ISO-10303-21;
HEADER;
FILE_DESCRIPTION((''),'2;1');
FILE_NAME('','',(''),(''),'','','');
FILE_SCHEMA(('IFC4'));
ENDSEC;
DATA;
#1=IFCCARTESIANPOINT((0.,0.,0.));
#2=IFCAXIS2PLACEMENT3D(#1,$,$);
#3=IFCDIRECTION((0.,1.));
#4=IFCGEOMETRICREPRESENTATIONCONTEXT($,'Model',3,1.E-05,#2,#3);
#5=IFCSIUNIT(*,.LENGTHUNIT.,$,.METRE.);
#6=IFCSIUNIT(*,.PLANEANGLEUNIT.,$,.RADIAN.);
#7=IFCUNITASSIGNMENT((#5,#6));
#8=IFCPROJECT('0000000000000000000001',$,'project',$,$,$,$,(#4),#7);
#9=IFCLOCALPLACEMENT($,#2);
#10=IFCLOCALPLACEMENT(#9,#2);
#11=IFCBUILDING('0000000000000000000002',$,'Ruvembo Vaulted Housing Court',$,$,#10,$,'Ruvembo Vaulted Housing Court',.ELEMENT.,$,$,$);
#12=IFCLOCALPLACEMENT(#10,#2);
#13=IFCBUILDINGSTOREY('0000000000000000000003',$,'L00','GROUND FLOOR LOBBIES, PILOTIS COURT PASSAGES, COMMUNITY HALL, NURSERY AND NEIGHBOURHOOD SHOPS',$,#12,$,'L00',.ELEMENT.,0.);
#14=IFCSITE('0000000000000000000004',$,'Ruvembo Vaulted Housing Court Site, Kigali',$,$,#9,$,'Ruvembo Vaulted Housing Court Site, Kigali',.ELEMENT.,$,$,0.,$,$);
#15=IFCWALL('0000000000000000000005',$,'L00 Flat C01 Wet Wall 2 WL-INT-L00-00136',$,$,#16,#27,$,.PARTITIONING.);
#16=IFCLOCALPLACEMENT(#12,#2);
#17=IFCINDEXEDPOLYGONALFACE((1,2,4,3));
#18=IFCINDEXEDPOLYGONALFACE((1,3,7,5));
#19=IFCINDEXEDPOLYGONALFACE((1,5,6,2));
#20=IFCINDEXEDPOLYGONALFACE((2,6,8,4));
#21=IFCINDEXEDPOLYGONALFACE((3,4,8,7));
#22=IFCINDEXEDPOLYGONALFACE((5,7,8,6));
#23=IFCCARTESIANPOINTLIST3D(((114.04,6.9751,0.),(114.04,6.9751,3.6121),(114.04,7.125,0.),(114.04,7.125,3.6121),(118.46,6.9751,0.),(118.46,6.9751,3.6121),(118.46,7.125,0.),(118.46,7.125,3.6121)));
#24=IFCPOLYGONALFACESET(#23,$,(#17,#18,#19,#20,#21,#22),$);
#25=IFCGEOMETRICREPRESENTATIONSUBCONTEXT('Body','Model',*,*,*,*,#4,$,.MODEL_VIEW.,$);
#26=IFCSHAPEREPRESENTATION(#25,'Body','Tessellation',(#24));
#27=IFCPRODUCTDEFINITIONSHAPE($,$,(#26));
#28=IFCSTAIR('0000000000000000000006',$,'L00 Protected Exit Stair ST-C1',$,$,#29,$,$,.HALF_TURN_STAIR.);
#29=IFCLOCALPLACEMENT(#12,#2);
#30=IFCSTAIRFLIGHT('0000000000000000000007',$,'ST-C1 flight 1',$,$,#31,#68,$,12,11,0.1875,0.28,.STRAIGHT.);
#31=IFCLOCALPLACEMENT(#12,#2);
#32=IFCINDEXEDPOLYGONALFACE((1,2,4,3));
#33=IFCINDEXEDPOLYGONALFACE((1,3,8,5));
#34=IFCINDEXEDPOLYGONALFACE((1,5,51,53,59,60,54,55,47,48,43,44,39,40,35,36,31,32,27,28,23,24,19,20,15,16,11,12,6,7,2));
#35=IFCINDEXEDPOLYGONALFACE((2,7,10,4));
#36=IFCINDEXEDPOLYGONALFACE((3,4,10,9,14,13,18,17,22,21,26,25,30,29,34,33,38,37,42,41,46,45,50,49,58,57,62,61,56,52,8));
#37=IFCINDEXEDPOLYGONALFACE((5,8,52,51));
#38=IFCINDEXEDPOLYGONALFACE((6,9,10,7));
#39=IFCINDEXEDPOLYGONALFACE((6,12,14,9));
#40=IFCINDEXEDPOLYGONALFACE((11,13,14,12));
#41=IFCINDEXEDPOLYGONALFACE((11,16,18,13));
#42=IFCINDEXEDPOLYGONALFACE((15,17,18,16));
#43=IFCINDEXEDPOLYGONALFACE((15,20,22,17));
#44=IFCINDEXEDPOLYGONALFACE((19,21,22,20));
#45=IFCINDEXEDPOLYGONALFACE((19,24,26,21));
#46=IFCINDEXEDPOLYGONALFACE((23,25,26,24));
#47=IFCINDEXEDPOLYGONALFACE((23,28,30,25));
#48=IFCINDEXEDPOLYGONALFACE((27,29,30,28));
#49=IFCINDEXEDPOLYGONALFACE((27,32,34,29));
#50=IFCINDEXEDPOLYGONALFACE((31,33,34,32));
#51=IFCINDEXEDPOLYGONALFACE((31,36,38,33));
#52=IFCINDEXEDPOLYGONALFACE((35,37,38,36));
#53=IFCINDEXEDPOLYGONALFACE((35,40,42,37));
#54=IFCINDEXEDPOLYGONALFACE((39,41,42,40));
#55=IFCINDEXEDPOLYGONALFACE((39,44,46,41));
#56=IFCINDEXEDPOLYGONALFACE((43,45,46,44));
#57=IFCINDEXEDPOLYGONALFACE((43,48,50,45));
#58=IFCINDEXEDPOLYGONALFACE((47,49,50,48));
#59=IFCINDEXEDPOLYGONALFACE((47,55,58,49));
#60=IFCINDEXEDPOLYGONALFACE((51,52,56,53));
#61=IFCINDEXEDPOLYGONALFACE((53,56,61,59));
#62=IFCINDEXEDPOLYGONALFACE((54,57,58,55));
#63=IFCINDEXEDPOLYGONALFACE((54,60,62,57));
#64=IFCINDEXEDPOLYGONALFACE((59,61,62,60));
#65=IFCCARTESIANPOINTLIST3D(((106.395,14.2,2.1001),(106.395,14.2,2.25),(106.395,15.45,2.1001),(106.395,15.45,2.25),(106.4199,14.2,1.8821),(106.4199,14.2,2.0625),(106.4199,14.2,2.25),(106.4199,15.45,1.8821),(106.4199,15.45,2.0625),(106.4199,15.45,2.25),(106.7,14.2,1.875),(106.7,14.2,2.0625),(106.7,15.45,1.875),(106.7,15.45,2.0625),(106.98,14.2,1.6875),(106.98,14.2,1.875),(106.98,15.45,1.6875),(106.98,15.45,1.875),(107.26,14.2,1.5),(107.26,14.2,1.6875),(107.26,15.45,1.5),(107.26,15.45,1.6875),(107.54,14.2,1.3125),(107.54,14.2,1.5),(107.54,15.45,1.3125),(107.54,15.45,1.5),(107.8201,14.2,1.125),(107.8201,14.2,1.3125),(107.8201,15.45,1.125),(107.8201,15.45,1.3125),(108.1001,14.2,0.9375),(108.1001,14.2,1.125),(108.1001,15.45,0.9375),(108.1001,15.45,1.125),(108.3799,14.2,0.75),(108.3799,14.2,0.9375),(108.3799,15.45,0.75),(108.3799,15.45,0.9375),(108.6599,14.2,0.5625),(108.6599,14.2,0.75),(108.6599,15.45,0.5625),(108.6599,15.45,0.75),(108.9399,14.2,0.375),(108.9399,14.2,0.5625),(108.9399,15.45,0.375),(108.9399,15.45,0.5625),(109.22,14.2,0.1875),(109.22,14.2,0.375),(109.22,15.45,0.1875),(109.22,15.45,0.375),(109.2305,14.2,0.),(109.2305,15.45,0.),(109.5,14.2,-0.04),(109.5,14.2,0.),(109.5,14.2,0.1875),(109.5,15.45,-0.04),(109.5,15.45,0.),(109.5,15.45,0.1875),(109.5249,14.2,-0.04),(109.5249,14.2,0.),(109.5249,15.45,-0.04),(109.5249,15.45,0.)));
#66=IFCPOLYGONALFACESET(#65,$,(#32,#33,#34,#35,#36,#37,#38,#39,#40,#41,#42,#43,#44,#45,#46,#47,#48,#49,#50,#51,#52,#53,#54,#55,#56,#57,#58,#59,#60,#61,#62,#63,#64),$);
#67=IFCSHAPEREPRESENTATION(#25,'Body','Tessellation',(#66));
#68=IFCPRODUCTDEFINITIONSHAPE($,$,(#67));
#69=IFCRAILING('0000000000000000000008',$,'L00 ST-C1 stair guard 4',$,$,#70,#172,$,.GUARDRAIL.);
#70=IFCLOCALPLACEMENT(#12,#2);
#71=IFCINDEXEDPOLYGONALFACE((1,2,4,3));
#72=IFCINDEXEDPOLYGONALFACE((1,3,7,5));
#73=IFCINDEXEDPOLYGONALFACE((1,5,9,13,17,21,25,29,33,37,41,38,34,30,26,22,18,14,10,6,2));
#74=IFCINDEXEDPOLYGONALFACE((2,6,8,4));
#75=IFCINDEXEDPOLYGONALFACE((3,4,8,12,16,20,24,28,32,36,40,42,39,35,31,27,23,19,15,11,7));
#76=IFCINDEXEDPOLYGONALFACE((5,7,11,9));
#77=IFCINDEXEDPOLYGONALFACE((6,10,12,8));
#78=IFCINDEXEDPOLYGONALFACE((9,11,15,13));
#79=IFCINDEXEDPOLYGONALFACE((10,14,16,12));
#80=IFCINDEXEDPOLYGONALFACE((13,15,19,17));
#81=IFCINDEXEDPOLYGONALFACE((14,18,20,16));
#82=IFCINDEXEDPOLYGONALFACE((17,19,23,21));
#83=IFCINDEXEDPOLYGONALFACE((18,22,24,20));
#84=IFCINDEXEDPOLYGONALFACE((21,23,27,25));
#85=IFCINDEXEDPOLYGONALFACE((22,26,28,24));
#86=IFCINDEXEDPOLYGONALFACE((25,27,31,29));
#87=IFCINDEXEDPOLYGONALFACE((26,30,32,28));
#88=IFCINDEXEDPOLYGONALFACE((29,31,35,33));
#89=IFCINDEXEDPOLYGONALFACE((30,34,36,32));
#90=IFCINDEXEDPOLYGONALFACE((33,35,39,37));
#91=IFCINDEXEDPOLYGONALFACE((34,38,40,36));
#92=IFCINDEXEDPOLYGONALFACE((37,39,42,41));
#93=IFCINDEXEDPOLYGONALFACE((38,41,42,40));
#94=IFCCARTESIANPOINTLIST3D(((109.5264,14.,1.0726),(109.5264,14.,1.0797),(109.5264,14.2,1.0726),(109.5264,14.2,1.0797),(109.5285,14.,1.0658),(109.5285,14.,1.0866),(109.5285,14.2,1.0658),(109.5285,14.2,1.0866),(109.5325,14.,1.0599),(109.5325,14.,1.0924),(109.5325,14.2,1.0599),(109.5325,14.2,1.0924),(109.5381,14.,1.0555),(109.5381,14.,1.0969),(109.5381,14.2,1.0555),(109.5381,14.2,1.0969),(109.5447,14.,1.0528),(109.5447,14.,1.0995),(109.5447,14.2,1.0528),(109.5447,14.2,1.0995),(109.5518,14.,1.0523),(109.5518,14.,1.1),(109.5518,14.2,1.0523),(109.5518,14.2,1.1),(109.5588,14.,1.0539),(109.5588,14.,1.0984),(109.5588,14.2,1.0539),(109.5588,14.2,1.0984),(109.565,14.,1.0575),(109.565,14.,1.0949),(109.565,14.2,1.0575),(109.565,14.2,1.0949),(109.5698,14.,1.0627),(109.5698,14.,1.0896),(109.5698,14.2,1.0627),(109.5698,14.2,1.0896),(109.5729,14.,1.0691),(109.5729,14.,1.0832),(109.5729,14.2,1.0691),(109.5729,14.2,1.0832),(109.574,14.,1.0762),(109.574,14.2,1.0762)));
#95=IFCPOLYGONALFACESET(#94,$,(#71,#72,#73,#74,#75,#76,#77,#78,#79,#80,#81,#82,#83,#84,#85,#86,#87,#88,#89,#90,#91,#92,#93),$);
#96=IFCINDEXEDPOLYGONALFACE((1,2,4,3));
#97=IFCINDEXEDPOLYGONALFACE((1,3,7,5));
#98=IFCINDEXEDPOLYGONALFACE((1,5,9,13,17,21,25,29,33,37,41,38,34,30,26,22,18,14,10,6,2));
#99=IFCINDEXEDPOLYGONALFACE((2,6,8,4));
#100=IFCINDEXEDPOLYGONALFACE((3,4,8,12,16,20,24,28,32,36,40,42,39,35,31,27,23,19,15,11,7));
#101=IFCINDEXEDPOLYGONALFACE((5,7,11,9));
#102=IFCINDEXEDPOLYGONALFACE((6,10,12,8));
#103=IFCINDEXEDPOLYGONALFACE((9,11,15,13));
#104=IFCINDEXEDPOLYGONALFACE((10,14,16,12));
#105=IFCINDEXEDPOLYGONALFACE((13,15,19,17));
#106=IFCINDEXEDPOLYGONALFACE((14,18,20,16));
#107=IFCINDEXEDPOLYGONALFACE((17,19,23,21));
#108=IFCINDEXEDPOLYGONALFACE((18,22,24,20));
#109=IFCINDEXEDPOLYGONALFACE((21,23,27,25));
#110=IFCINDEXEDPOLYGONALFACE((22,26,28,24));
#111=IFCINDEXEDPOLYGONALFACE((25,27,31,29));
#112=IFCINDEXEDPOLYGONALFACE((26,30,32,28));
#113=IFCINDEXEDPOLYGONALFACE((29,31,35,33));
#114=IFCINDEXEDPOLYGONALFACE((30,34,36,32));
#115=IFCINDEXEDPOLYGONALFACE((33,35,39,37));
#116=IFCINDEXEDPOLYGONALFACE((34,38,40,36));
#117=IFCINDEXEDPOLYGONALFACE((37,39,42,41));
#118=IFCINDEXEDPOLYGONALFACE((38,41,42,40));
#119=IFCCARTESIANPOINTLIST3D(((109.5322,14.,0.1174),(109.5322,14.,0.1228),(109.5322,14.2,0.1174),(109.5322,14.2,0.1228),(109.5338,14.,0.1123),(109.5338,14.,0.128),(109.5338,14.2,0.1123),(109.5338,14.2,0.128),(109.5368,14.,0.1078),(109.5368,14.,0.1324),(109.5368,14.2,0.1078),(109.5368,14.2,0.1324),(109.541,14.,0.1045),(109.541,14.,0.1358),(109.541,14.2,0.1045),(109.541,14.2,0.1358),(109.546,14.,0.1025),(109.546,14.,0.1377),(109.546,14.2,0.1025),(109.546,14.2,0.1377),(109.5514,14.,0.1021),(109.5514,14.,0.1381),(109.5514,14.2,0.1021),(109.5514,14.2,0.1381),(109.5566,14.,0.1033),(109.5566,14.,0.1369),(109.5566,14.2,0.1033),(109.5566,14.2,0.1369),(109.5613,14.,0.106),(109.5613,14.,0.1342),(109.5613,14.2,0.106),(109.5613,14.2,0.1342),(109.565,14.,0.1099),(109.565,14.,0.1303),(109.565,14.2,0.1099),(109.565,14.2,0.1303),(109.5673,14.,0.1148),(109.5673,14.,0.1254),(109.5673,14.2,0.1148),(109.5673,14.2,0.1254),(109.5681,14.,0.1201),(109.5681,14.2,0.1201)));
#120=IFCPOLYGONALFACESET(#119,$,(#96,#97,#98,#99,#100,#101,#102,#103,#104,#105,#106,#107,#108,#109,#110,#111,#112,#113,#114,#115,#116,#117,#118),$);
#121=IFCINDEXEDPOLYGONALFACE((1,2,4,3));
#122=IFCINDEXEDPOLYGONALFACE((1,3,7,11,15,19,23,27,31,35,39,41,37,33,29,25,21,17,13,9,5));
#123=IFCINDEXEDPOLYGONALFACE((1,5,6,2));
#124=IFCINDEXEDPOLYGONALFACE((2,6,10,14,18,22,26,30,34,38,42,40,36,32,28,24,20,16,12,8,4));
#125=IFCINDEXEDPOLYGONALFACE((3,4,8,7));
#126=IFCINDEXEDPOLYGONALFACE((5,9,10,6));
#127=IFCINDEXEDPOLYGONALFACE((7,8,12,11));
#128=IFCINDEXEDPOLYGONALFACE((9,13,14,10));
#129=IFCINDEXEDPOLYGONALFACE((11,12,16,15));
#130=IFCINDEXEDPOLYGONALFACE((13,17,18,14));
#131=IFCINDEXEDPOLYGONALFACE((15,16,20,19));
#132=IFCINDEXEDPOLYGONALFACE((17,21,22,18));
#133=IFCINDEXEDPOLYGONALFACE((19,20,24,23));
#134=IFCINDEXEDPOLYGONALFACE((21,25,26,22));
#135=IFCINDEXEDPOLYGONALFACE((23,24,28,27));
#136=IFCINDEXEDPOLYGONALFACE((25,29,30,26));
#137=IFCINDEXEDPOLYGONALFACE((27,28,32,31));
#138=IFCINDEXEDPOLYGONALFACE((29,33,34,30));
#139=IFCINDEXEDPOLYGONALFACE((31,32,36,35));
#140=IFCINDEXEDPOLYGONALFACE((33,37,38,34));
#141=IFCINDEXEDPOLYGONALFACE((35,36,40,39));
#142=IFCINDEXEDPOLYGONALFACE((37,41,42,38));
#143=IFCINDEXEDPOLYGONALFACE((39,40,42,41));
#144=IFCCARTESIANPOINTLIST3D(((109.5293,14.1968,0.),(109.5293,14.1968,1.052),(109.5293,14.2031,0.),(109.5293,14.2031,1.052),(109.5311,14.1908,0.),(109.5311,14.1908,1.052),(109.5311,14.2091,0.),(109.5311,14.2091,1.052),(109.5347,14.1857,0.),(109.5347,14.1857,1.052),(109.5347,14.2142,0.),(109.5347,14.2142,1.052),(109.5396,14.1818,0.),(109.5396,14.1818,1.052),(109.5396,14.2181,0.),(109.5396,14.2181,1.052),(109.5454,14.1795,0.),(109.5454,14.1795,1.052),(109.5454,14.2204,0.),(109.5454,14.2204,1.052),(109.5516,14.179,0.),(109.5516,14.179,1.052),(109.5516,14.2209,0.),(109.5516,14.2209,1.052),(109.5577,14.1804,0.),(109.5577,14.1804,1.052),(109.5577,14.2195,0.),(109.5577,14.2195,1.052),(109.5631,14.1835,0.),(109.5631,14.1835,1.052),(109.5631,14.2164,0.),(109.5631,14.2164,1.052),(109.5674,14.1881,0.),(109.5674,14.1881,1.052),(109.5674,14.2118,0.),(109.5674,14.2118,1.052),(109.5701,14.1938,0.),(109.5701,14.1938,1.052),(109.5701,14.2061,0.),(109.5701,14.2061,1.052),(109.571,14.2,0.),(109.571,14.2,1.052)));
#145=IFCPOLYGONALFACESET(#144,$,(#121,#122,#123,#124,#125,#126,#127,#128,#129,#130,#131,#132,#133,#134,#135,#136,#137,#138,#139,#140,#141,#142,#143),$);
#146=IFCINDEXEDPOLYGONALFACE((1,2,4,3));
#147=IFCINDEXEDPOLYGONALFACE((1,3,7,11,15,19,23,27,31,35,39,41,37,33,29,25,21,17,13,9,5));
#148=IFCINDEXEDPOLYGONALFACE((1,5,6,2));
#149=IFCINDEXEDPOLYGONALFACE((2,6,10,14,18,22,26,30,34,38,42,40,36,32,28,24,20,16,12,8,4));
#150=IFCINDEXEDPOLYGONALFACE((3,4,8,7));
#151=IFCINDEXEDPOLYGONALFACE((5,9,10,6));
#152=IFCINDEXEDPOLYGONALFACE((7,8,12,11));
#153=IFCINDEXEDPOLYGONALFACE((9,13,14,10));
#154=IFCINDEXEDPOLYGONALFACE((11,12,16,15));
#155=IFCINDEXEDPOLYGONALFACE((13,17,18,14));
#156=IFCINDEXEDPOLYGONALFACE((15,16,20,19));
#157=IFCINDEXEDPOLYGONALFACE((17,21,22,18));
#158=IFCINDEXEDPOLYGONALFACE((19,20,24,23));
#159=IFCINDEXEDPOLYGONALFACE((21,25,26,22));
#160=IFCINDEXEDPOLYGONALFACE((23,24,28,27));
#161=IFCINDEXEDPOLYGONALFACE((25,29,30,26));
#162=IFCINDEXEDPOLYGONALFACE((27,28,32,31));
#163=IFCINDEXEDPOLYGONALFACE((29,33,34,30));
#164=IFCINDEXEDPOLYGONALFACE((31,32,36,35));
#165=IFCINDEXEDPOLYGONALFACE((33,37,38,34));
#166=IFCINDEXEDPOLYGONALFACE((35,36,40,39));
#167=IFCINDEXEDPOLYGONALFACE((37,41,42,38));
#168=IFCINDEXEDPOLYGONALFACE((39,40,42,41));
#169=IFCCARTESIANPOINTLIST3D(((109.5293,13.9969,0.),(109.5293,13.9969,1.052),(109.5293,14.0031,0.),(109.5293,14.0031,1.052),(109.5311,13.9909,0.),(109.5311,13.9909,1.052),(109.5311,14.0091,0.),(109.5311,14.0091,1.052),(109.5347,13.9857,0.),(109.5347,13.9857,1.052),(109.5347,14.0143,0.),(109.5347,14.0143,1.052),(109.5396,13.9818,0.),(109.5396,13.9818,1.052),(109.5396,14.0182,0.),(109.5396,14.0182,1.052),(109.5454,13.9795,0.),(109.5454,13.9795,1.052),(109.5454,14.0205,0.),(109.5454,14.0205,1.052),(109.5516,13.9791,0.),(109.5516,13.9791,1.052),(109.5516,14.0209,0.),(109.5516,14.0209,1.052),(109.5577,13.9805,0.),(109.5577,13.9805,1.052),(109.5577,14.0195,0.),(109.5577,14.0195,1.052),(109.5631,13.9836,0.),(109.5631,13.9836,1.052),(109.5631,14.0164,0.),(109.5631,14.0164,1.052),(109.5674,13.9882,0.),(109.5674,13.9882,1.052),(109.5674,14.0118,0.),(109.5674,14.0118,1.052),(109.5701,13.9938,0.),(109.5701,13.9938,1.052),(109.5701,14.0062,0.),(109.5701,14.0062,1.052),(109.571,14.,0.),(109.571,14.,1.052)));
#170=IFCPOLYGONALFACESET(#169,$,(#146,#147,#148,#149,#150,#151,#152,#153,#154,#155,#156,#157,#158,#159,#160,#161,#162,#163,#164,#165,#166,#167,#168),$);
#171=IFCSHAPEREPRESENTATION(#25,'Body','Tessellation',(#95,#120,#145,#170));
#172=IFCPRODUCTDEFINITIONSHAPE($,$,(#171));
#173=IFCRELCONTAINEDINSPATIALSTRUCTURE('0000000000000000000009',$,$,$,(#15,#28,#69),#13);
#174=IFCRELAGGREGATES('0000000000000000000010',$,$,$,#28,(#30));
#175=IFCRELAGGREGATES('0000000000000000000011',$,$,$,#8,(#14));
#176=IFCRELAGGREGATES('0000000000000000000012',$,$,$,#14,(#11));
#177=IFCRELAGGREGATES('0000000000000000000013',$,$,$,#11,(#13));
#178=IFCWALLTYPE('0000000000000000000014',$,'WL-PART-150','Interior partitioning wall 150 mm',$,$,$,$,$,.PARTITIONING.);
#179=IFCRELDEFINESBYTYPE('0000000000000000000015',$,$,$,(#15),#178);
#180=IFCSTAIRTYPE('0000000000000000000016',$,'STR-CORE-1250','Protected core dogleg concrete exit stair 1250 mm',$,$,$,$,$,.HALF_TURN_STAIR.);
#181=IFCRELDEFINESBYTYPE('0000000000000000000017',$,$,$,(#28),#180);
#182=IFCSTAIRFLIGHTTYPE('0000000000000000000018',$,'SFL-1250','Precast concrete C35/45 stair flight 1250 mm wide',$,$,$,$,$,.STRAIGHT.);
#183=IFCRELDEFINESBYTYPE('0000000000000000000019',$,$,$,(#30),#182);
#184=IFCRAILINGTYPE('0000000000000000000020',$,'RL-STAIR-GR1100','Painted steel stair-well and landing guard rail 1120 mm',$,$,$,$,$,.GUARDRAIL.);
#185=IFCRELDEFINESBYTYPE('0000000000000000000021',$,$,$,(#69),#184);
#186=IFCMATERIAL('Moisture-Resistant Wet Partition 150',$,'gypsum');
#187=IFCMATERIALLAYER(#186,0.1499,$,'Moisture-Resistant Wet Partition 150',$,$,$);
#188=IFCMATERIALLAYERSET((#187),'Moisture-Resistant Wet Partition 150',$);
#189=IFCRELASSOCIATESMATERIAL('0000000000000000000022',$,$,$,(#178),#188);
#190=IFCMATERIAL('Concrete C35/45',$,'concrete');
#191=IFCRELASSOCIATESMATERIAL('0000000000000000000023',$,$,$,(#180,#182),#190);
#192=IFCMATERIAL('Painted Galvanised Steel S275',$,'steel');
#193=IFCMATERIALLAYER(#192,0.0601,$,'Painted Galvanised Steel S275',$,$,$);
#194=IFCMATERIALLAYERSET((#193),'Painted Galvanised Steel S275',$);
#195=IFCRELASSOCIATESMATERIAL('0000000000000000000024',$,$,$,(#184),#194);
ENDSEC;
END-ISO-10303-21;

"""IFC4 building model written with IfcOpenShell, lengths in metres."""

from ifc_helpers import new_model, si_unit, direction, frame, frame_2d, origin, origin_2d, place, context, subcontext, project, spatial, polyline, rectangle, circle, outline, extrude, material, layer, layer_set, type_object, element, aggregate, save


model = new_model("IFC4")

# Units and contexts
model_context = context("Model", 3, precision=1e-05, world=origin(), true_north=direction((0.0, 1.0)))
body_context = subcontext(model_context, "Body", "Model", "MODEL_VIEW")
ifc_project = project(units=[si_unit("LENGTHUNIT", "METRE"), si_unit("PLANEANGLEUNIT", "RADIAN")], contexts=[model_context])

# Site, building, storey
site_placement = place(None, origin())
site = spatial("IfcSite", under=ifc_project, at=site_placement, Name="Ruvembo Vaulted Housing Court Site, Kigali", LongName="Ruvembo Vaulted Housing Court Site, Kigali", CompositionType="ELEMENT", RefElevation=0.0)
building_placement = place(site_placement, origin())
building = spatial("IfcBuilding", under=site, at=building_placement, Name="Ruvembo Vaulted Housing Court", LongName="Ruvembo Vaulted Housing Court", CompositionType="ELEMENT")
storey_placement = place(building_placement, origin())
storey = spatial("IfcBuildingStorey", under=building, at=storey_placement, Name="L00", Description="GROUND FLOOR LOBBIES, PILOTIS COURT PASSAGES, COMMUNITY HALL, NURSERY AND NEIGHBOURHOOD SHOPS", LongName="L00", CompositionType="ELEMENT", Elevation=0.0)

# Shared definitions
ifc_material_1 = material(Name="Concrete C35/45", Category="concrete")

# Shared definitions
ifc_material_2 = material(Name="Moisture-Resistant Wet Partition 150", Category="gypsum")
ifc_layer_1 = layer(ifc_material_2, 0.1499, Name="Moisture-Resistant Wet Partition 150")
ifc_layer_set_1 = layer_set([ifc_layer_1], Name="Moisture-Resistant Wet Partition 150")
wall_type_1 = type_object("IfcWallType", Name="WL-PART-150", Description="Interior partitioning wall 150 mm", PredefinedType="PARTITIONING", material=ifc_layer_set_1)

# Wall
wall_1_placement = place(storey_placement, frame((114.04, 7.05, 0.0), z_axis=(0.0, 0.0, 1.0), x_axis=(1.0, 0.0, 0.0)))
element("IfcWall", 1, at=wall_1_placement, inside=storey, type_object=wall_type_1, Name="L00 Flat C01 Wet Wall 2 WL-INT-L00-00136", PredefinedType="PARTITIONING", context=body_context, shape_type="SweptSolid", body=[
    extrude(rectangle(XDim=4.4199, YDim=0.1499, at=frame_2d((2.21, 0.0))), origin(), (0.0, 0.0, 1.0), 3.6121),
])

# Stair, stair flight
stair_type = type_object("IfcStairType", Name="STR-CORE-1250", Description="Protected core dogleg concrete exit stair 1250 mm", PredefinedType="HALF_TURN_STAIR", material=ifc_material_1)
stair_placement = place(storey_placement, origin())
stair = element("IfcStair", 2, at=stair_placement, inside=storey, type_object=stair_type, Name="L00 Protected Exit Stair ST-C1", PredefinedType="HALF_TURN_STAIR")
stair_flight_type = type_object("IfcStairFlightType", Name="SFL-1250", Description="Precast concrete C35/45 stair flight 1250 mm wide", PredefinedType="STRAIGHT", material=ifc_material_1)
stair_flight_placement = place(storey_placement, frame((109.5, 14.825, 0.0), z_axis=(0.0, 0.0, 1.0), x_axis=(-1.0, 0.0, 0.0)))
stair_flight = element("IfcStairFlight", 3, at=stair_flight_placement, type_object=stair_flight_type, Name="ST-C1 flight 1", NumberOfRisers=12, NumberOfTreads=11, PredefinedType="STRAIGHT", RiserHeight=0.1875, TreadLength=0.28, context=body_context, shape_type="SweptSolid", body=[
    extrude(outline(polyline([(-0.0249, -0.04), (-0.0249, 0.0), (0.0, 0.0), (0.0, 0.1875), (0.28, 0.1875), (0.28, 0.375), (0.5601, 0.375), (0.5601, 0.5625), (0.8401, 0.5625), (0.8401, 0.75), (1.1201, 0.75), (1.1201, 0.9375), (1.3999, 0.9375), (1.3999, 1.125), (1.6799, 1.125), (1.6799, 1.3125), (1.96, 1.3125), (1.96, 1.5), (2.24, 1.5), (2.24, 1.6875), (2.52, 1.6875), (2.52, 1.875), (2.8, 1.875), (2.8, 2.0625), (3.0801, 2.0625), (3.0801, 2.25), (3.105, 2.25), (3.105, 2.1001), (3.0801, 1.8821), (0.2695, 0.0), (0.0, -0.04), (-0.0249, -0.04)])), frame((0.0, 0.625, 0.0), z_axis=(0.0, -1.0, 0.0), x_axis=(1.0, 0.0, 0.0)), (0.0, 0.0, 1.0), 1.25),
])
aggregate(stair, [stair_flight])

# Railing
ifc_material_3 = material(Name="Painted Galvanised Steel S275", Category="steel")
ifc_layer_2 = layer(ifc_material_3, 0.0601, Name="Painted Galvanised Steel S275")
ifc_layer_set_2 = layer_set([ifc_layer_2], Name="Painted Galvanised Steel S275")
railing_type_1 = type_object("IfcRailingType", Name="RL-STAIR-GR1100", Description="Painted steel stair-well and landing guard rail 1120 mm", PredefinedType="GUARDRAIL", material=ifc_layer_set_2)
railing_1_placement = place(storey_placement, frame((109.55, 14.2, 0.0)))
element("IfcRailing", 4, at=railing_1_placement, inside=storey, type_object=railing_type_1, Name="L00 ST-C1 stair guard 4", PredefinedType="GUARDRAIL", context=body_context, shape_type="SweptSolid", body=[
    extrude(circle(Radius=0.0239, at=origin_2d()), frame((0.0, 0.0, 1.0762), z_axis=(0.0, -1.0, 0.0), x_axis=(1.0, 0.0, 0.0)), (0.0, 0.0, 1.0), 0.2),
    extrude(circle(Radius=0.0181, at=origin_2d()), frame((0.0, 0.0, 0.1201), z_axis=(0.0, -1.0, 0.0), x_axis=(1.0, 0.0, 0.0)), (0.0, 0.0, 1.0), 0.2),
    extrude(circle(Radius=0.021, at=origin_2d()), origin(), (0.0, 0.0, 1.0), 1.052),
    extrude(circle(Radius=0.021, at=origin_2d()), frame((0.0, -0.2, 0.0)), (0.0, 0.0, 1.0), 1.052),
])

save(model, "model.ifc")
